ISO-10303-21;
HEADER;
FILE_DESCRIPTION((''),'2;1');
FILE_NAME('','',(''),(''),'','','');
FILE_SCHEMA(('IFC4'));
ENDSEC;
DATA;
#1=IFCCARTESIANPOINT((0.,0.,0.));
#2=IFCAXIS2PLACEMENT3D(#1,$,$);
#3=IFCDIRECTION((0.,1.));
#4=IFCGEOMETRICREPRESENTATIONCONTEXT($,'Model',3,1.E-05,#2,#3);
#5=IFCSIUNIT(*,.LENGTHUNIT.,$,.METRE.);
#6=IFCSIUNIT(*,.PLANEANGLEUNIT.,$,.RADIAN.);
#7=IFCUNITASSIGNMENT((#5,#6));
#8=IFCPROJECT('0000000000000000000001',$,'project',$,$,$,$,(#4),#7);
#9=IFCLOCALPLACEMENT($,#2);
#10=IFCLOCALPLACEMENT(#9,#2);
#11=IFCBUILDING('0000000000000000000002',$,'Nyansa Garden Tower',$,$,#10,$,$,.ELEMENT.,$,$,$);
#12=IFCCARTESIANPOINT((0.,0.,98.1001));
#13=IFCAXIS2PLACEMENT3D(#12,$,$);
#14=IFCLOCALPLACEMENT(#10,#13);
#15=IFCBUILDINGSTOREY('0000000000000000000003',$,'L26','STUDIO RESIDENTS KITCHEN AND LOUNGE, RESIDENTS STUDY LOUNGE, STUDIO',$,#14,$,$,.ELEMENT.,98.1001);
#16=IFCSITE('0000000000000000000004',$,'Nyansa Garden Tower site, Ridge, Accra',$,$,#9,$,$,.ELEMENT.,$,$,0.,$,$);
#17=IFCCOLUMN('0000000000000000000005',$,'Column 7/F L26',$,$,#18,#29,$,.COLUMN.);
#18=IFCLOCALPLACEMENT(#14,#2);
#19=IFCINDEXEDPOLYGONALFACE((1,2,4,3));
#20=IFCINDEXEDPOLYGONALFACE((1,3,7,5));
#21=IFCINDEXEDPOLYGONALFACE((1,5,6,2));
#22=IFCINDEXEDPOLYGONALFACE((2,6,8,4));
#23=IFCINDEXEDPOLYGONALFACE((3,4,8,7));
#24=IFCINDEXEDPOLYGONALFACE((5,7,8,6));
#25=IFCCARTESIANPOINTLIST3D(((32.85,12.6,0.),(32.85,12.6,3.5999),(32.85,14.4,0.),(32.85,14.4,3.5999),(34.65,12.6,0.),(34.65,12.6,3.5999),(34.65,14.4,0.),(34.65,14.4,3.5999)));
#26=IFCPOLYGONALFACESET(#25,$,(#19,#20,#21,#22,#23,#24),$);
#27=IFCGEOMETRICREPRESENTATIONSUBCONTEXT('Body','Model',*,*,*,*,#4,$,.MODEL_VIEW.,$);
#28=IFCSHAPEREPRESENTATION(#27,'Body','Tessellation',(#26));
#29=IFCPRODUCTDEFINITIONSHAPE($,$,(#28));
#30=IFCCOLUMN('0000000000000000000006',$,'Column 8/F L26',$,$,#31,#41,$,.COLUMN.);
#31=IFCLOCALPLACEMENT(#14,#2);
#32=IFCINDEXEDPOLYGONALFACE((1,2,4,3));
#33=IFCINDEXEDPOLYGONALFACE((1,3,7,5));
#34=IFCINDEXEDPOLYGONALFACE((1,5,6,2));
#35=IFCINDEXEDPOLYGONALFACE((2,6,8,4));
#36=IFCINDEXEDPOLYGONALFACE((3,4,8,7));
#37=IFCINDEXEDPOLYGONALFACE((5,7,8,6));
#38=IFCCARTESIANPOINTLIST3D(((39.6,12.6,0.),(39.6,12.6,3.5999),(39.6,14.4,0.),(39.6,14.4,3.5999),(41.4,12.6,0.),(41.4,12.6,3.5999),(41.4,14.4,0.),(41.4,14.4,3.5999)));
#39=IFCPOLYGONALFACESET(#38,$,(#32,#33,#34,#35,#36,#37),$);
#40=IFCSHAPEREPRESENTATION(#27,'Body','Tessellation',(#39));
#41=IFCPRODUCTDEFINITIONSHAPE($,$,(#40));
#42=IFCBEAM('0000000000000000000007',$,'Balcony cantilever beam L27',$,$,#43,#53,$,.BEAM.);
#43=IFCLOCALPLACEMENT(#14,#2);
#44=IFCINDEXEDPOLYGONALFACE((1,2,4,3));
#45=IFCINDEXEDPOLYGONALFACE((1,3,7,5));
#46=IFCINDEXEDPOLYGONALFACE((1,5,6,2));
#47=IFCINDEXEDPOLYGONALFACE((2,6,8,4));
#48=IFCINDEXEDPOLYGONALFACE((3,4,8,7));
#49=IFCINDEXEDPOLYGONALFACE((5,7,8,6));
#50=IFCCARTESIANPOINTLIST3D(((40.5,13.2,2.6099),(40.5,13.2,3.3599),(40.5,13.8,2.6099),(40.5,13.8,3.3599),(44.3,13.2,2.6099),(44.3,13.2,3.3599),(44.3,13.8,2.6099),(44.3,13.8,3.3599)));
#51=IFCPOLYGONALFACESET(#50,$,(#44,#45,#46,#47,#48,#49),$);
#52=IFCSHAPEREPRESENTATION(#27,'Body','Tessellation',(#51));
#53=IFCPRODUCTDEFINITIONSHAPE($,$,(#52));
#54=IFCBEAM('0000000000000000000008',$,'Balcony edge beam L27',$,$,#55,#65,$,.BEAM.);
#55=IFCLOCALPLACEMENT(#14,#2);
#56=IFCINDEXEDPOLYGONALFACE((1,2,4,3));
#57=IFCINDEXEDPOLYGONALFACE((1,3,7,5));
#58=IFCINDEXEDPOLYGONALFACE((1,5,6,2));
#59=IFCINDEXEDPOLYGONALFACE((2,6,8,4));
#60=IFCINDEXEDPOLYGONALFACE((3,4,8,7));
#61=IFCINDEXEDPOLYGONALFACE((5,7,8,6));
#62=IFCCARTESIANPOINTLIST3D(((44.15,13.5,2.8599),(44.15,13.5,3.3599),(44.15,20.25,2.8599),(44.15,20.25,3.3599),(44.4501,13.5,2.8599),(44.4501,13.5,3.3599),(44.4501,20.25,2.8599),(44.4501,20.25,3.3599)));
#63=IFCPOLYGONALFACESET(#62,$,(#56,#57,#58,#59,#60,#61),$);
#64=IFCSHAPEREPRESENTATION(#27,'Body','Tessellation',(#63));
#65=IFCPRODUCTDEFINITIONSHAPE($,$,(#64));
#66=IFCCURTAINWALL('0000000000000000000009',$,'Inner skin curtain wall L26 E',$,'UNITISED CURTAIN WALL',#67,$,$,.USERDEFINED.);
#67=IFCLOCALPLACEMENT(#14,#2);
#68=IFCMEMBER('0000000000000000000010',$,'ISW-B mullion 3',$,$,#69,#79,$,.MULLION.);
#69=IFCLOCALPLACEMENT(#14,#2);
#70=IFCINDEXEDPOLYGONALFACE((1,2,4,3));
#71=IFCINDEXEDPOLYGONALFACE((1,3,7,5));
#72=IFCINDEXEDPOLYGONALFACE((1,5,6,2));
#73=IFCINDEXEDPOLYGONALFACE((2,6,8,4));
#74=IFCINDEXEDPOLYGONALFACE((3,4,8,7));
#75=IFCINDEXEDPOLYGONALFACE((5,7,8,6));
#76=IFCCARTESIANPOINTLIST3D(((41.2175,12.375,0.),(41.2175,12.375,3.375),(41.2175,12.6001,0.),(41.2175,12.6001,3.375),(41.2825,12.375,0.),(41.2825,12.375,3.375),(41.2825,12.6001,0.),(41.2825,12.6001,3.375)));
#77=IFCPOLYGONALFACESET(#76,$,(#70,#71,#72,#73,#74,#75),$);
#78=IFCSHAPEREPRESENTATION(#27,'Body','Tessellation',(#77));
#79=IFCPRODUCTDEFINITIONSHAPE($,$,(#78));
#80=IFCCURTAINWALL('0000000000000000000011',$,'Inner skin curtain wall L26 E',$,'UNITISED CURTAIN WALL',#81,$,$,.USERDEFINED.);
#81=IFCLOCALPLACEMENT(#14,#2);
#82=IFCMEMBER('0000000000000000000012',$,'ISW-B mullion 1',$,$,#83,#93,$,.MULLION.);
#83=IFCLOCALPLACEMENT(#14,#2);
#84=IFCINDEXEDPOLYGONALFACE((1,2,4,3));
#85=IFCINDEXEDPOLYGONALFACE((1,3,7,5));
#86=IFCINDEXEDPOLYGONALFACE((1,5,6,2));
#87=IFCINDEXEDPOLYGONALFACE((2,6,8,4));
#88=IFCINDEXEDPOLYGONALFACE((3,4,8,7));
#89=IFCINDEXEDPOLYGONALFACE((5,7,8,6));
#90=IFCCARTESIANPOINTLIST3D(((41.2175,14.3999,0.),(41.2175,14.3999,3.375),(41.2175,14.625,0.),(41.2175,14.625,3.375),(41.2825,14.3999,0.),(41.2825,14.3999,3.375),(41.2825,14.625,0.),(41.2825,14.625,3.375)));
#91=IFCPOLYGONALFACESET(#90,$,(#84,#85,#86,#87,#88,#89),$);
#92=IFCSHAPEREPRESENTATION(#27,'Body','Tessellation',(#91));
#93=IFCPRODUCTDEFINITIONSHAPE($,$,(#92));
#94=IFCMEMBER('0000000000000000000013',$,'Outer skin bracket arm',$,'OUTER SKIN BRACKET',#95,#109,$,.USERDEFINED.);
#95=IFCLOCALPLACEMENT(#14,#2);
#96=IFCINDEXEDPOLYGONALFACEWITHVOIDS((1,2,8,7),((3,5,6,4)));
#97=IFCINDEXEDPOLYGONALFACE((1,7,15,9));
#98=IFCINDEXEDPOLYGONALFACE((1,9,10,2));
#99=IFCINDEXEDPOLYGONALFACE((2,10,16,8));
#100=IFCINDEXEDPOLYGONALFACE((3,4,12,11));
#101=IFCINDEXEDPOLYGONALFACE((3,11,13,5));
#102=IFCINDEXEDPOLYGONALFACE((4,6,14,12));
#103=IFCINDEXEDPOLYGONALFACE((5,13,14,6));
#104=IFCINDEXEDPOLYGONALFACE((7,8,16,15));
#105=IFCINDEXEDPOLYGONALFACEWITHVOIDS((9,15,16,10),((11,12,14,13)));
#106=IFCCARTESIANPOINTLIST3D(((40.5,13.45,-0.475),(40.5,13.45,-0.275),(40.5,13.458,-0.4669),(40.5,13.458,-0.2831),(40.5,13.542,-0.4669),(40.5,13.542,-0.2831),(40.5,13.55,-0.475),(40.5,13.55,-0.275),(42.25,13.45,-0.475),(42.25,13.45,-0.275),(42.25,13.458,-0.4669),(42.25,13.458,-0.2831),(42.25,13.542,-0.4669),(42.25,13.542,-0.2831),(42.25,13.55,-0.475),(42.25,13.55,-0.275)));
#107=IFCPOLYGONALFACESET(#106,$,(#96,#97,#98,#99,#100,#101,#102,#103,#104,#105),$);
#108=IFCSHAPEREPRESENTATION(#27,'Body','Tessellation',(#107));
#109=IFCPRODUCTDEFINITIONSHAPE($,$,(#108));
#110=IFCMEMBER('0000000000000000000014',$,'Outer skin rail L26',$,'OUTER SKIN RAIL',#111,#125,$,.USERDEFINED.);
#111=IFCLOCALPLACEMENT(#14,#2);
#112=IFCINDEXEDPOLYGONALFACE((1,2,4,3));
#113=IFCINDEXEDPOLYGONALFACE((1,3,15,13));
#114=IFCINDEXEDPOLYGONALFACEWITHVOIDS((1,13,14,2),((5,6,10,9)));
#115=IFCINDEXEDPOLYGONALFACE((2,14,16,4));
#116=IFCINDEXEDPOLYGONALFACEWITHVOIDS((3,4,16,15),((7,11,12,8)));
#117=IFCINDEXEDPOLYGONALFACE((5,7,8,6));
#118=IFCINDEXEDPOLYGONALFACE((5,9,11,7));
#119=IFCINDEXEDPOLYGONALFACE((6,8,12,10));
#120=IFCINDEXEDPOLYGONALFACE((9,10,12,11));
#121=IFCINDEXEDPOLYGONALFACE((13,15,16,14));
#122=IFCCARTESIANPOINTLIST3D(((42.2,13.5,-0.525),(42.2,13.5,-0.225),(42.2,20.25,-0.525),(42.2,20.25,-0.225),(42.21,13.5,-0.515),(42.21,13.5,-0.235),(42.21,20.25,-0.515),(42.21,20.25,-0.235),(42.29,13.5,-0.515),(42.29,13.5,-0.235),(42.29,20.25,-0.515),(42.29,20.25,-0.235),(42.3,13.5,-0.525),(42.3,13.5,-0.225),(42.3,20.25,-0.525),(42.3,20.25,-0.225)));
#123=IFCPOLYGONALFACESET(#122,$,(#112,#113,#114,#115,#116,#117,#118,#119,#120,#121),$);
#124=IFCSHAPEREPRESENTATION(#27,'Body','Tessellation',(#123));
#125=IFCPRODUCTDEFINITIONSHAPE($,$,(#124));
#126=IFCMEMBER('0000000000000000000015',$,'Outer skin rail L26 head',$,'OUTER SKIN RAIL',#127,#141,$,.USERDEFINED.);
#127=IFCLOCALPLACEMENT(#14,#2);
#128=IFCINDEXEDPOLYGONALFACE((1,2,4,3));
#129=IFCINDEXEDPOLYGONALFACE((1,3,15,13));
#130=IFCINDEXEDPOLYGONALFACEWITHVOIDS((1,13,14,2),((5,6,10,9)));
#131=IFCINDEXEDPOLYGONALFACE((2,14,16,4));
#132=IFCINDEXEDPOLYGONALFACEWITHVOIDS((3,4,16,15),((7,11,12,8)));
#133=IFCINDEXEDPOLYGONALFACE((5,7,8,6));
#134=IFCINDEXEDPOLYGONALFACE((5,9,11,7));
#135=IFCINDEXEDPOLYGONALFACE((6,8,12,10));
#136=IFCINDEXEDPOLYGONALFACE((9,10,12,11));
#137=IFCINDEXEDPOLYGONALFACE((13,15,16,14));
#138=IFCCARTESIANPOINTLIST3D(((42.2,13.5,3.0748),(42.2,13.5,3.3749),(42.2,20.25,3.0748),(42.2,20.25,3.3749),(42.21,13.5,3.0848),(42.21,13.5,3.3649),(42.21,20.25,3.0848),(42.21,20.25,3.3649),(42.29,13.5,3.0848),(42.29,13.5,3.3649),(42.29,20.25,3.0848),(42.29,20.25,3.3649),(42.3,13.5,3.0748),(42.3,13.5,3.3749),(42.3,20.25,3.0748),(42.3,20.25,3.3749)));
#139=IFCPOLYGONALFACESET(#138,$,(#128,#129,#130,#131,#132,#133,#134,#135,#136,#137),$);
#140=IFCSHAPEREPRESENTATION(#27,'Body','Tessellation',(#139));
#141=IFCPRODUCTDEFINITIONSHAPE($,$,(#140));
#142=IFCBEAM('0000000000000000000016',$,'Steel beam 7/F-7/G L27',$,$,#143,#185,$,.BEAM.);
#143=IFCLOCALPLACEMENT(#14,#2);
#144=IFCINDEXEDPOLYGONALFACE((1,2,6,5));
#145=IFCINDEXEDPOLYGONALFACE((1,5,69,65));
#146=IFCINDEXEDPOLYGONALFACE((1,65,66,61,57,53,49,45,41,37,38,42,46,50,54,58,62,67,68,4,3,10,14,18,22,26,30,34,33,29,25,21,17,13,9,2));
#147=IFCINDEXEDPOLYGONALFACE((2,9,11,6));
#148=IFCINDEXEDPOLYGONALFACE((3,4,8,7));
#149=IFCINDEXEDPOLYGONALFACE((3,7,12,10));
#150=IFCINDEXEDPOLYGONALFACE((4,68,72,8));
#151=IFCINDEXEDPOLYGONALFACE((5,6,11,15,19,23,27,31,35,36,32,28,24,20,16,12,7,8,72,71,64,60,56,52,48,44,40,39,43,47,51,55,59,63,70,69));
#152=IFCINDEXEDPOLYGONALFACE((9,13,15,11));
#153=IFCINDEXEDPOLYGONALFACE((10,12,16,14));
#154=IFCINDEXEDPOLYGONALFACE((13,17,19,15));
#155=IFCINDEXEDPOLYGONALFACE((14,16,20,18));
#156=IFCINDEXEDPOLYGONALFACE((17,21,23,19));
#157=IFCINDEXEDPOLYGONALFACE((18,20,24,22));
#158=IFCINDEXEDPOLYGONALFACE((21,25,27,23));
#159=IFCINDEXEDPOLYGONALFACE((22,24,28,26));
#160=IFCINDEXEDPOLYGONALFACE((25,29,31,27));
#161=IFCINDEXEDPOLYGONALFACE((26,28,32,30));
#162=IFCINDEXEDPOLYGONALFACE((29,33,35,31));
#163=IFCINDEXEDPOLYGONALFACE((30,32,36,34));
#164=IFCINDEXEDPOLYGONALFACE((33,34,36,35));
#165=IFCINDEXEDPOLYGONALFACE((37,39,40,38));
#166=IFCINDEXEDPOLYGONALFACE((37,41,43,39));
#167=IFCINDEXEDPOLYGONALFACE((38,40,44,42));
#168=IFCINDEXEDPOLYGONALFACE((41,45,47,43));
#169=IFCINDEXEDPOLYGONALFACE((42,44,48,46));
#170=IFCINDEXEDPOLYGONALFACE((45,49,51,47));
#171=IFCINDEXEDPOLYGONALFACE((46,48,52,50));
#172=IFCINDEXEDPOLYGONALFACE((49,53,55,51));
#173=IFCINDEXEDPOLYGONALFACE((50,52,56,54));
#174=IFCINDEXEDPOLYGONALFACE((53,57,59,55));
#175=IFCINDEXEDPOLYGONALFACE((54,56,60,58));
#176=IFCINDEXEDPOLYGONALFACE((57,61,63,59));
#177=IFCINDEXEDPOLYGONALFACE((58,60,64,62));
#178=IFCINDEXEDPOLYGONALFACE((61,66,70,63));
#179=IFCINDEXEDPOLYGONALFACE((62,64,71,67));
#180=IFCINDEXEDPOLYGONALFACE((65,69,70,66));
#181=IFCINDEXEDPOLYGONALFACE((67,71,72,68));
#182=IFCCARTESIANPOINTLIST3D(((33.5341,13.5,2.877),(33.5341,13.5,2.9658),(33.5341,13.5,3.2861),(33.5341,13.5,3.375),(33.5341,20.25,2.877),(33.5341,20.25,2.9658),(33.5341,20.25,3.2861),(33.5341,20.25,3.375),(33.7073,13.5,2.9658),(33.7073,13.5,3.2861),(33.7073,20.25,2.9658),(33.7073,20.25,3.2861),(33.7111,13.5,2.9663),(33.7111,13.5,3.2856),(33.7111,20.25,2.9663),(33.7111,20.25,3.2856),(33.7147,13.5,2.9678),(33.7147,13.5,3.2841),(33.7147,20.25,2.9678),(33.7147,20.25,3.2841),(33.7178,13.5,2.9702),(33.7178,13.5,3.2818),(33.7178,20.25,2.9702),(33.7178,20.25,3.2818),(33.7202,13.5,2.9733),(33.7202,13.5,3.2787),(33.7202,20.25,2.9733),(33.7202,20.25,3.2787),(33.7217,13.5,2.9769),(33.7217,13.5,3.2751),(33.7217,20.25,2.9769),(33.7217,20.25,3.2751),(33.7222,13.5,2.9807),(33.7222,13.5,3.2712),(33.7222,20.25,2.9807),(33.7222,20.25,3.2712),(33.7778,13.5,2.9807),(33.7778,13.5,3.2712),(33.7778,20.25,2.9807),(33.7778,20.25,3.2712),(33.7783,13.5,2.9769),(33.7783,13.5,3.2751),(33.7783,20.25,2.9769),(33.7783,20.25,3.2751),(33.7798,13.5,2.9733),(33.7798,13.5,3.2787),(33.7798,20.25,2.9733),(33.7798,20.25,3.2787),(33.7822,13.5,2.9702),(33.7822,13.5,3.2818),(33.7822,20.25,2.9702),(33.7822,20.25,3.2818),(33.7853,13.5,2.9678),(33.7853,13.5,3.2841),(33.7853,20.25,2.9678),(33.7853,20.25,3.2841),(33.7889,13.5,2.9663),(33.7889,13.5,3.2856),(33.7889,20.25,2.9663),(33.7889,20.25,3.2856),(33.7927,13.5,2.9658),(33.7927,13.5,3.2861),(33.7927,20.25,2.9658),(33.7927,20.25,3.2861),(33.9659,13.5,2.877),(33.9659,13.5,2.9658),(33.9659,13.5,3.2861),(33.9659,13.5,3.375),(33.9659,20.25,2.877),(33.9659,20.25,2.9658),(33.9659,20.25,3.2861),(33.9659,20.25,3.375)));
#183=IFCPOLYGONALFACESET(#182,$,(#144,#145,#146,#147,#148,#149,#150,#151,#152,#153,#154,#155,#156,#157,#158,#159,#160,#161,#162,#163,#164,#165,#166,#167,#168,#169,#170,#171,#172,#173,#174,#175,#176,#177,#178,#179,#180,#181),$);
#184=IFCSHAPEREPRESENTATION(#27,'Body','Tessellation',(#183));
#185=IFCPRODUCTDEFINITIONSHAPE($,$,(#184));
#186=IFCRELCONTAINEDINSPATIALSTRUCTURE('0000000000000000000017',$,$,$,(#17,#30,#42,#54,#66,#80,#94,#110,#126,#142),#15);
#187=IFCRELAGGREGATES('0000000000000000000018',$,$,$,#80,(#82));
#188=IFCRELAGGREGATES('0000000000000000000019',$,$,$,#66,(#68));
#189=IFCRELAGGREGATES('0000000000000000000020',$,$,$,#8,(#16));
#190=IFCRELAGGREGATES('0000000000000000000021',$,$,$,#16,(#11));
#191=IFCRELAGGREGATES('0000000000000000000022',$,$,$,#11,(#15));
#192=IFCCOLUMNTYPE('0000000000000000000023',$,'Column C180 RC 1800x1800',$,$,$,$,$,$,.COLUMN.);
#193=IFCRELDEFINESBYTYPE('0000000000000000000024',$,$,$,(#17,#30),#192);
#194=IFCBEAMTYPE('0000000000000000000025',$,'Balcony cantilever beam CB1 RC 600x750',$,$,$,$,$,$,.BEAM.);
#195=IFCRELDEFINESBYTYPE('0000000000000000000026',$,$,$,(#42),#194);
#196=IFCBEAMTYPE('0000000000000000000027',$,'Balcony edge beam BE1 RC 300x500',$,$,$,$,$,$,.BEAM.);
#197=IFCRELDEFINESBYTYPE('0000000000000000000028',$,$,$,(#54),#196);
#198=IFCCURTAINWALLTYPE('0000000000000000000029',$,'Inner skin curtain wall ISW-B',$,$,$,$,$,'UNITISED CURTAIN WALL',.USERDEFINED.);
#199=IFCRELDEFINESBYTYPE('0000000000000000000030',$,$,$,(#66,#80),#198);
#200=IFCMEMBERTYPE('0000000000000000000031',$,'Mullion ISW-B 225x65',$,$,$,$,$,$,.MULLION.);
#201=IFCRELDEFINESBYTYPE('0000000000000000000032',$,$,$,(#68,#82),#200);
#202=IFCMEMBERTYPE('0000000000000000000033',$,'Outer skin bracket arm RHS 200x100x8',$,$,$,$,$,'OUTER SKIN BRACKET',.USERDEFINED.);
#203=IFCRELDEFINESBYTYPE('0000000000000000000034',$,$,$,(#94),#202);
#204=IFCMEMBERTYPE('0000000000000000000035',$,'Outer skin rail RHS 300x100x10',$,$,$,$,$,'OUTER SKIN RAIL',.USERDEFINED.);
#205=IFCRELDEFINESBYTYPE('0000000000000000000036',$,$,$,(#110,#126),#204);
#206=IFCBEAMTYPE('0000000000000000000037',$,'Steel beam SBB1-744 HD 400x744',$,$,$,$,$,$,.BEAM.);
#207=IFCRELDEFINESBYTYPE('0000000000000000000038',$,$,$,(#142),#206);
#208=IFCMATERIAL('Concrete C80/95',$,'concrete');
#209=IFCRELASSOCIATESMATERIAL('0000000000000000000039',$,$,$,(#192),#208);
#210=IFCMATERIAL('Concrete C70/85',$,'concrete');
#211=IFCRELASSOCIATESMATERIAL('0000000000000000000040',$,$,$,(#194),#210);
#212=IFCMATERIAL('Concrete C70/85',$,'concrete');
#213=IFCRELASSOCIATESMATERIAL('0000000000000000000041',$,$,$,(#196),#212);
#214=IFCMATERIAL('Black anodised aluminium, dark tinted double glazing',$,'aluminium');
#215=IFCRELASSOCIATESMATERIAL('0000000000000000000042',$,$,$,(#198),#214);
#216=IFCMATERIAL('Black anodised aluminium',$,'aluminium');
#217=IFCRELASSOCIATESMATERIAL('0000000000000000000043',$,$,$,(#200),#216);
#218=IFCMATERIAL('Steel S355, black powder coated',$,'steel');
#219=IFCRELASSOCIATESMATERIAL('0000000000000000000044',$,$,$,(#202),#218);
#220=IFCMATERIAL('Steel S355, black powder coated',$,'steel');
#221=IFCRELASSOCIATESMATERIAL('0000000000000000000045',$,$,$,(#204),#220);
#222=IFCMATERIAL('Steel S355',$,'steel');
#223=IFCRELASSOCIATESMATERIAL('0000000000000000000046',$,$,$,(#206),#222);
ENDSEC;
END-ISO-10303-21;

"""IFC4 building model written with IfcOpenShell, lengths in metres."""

from ifc_helpers import new_model, si_unit, direction, frame, origin, origin_2d, place, context, subcontext, project, spatial, rectangle, hollow_rectangle, i_section, extrude, material, material_profile, profile_set, type_object, element, aggregate, save


model = new_model("IFC4")

# Units and contexts
model_context = context("Model", 3, precision=1e-05, world=origin(), true_north=direction((0.0, 1.0)))
body_context = subcontext(model_context, "Body", "Model", "MODEL_VIEW")
ifc_project = project(units=[si_unit("LENGTHUNIT", "METRE"), si_unit("PLANEANGLEUNIT", "RADIAN")], contexts=[model_context])

# Site, building, storey
site_placement = place(None, origin())
site = spatial("IfcSite", under=ifc_project, at=site_placement, Name="Nyansa Garden Tower site, Ridge, Accra", CompositionType="ELEMENT", RefElevation=0.0)
building_placement = place(site_placement, origin())
building = spatial("IfcBuilding", under=site, at=building_placement, Name="Nyansa Garden Tower", CompositionType="ELEMENT")
storey_placement = place(building_placement, frame((0.0, 0.0, 98.1001)))
storey = spatial("IfcBuildingStorey", under=building, at=storey_placement, Name="L26", Description="STUDIO RESIDENTS KITCHEN AND LOUNGE, RESIDENTS STUDY LOUNGE, STUDIO", CompositionType="ELEMENT", Elevation=98.1001)

# Columns
ifc_material_1 = material(Name="Concrete C80/95", Category="concrete")
ifc_material_profile_1 = material_profile(ifc_material_1, rectangle(XDim=1.8, YDim=1.8, at=origin_2d()), Name="RC 1800x1800")
ifc_profile_set_1 = profile_set([ifc_material_profile_1], Name="Concrete C80/95")
column_type = type_object("IfcColumnType", Name="Column C180 RC 1800x1800", PredefinedType="COLUMN", material=ifc_profile_set_1)
for number, where, z_axis, x_axis, name in (
    (1, (33.75, 13.5, 0.0), (0.0, 0.0, 1.0), (1.0, 0.0, 0.0), "Column 7/F L26"),
    (2, (40.5, 13.5, 0.0), (0.0, 0.0, 1.0), (1.0, 0.0, 0.0), "Column 8/F L26"),
):
    element("IfcColumn", number, at=place(storey_placement, frame(where, z_axis=z_axis, x_axis=x_axis)), inside=storey, type_object=column_type, Name=name, PredefinedType="COLUMN", context=body_context, shape_type="SweptSolid", body=[
        extrude(rectangle(XDim=1.8, YDim=1.8, at=origin_2d()), origin(), (0.0, 0.0, 1.0), 3.5999),
    ])

# Beams
ifc_material_2 = material(Name="Concrete C70/85", Category="concrete")
ifc_material_profile_2 = material_profile(ifc_material_2, rectangle(XDim=0.6001, YDim=0.75, at=origin_2d()), Name="RC 600x750")
ifc_profile_set_2 = profile_set([ifc_material_profile_2], Name="Concrete C70/85")
beam_type_1 = type_object("IfcBeamType", Name="Balcony cantilever beam CB1 RC 600x750", PredefinedType="BEAM", material=ifc_profile_set_2)
beam_1_placement = place(storey_placement, frame((40.5, 13.5, 2.9849), z_axis=(1.0, 0.0, 0.0), x_axis=(0.0, 1.0, 0.0)))
element("IfcBeam", 3, at=beam_1_placement, inside=storey, type_object=beam_type_1, Name="Balcony cantilever beam L27", PredefinedType="BEAM", context=body_context, shape_type="SweptSolid", body=[
    extrude(rectangle(XDim=0.6001, YDim=0.75, at=origin_2d()), origin(), (0.0, 0.0, 1.0), 3.8),
])
ifc_material_3 = material(Name="Concrete C70/85", Category="concrete")
ifc_material_profile_3 = material_profile(ifc_material_3, rectangle(XDim=0.3, YDim=0.5, at=origin_2d()), Name="RC 300x500")
ifc_profile_set_3 = profile_set([ifc_material_profile_3], Name="Concrete C70/85")
beam_type_2 = type_object("IfcBeamType", Name="Balcony edge beam BE1 RC 300x500", PredefinedType="BEAM", material=ifc_profile_set_3)
beam_2_placement = place(storey_placement, frame((44.3, 13.5, 3.1099), z_axis=(0.0, 1.0, 0.0), x_axis=(-1.0, 0.0, 0.0)))
element("IfcBeam", 4, at=beam_2_placement, inside=storey, type_object=beam_type_2, Name="Balcony edge beam L27", PredefinedType="BEAM", context=body_context, shape_type="SweptSolid", body=[
    extrude(rectangle(XDim=0.3, YDim=0.5, at=origin_2d()), origin(), (0.0, 0.0, 1.0), 6.75),
])

# Curtain walls, members
ifc_material_4 = material(Name="Black anodised aluminium, dark tinted double glazing", Category="aluminium")
curtain_wall_type = type_object("IfcCurtainWallType", Name="Inner skin curtain wall ISW-B", ElementType="UNITISED CURTAIN WALL", PredefinedType="USERDEFINED", material=ifc_material_4)
curtain_wall_1_placement = place(storey_placement, origin())
curtain_wall_1 = element("IfcCurtainWall", 5, at=curtain_wall_1_placement, inside=storey, type_object=curtain_wall_type, Name="Inner skin curtain wall L26 E", ObjectType="UNITISED CURTAIN WALL", PredefinedType="USERDEFINED")
ifc_material_5 = material(Name="Black anodised aluminium", Category="aluminium")
ifc_material_profile_4 = material_profile(ifc_material_5, rectangle(XDim=0.0649, YDim=0.2251, at=origin_2d()), Name="Mullion 225x65")
ifc_profile_set_4 = profile_set([ifc_material_profile_4], Name="Black anodised aluminium")
member_type_1 = type_object("IfcMemberType", Name="Mullion ISW-B 225x65", PredefinedType="MULLION", material=ifc_profile_set_4)
member_1_placement = place(storey_placement, frame((41.25, 12.4875, 0.0), z_axis=(0.0, 0.0, 1.0), x_axis=(-1.0, 0.0, 0.0)))
member_1 = element("IfcMember", 6, at=member_1_placement, type_object=member_type_1, Name="ISW-B mullion 3", PredefinedType="MULLION", context=body_context, shape_type="SweptSolid", body=[
    extrude(rectangle(XDim=0.0649, YDim=0.2251, at=origin_2d()), origin(), (0.0, 0.0, 1.0), 3.375),
])
curtain_wall_2_placement = place(storey_placement, origin())
curtain_wall_2 = element("IfcCurtainWall", 7, at=curtain_wall_2_placement, inside=storey, type_object=curtain_wall_type, Name="Inner skin curtain wall L26 E", ObjectType="UNITISED CURTAIN WALL", PredefinedType="USERDEFINED")
member_2_placement = place(storey_placement, frame((41.25, 14.5125, 0.0), z_axis=(0.0, 0.0, 1.0), x_axis=(-1.0, 0.0, 0.0)))
member_2 = element("IfcMember", 8, at=member_2_placement, type_object=member_type_1, Name="ISW-B mullion 1", PredefinedType="MULLION", context=body_context, shape_type="SweptSolid", body=[
    extrude(rectangle(XDim=0.0649, YDim=0.2251, at=origin_2d()), origin(), (0.0, 0.0, 1.0), 3.375),
])

# Members
ifc_material_6 = material(Name="Steel S355, black powder coated", Category="steel")
ifc_material_profile_5 = material_profile(ifc_material_6, hollow_rectangle(XDim=0.1001, YDim=0.2, WallThickness=0.0081, at=origin_2d()), Name="RHS 200x100x8")
ifc_profile_set_5 = profile_set([ifc_material_profile_5], Name="Steel S355, black powder coated")
member_type_2 = type_object("IfcMemberType", Name="Outer skin bracket arm RHS 200x100x8", ElementType="OUTER SKIN BRACKET", PredefinedType="USERDEFINED", material=ifc_profile_set_5)
member_3_placement = place(storey_placement, frame((40.5, 13.5, -0.375), z_axis=(1.0, 0.0, 0.0), x_axis=(0.0, 1.0, 0.0)))
element("IfcMember", 9, at=member_3_placement, inside=storey, type_object=member_type_2, Name="Outer skin bracket arm", ObjectType="OUTER SKIN BRACKET", PredefinedType="USERDEFINED", context=body_context, shape_type="SweptSolid", body=[
    extrude(hollow_rectangle(XDim=0.1001, YDim=0.2, WallThickness=0.0081, at=origin_2d()), origin(), (0.0, 0.0, 1.0), 1.75),
])
ifc_material_7 = material(Name="Steel S355, black powder coated", Category="steel")
ifc_material_profile_6 = material_profile(ifc_material_7, hollow_rectangle(XDim=0.1001, YDim=0.3, WallThickness=0.01, at=origin_2d()), Name="RHS 300x100x10")
ifc_profile_set_6 = profile_set([ifc_material_profile_6], Name="Steel S355, black powder coated")
member_type_3 = type_object("IfcMemberType", Name="Outer skin rail RHS 300x100x10", ElementType="OUTER SKIN RAIL", PredefinedType="USERDEFINED", material=ifc_profile_set_6)
for number, where, z_axis, x_axis, name in (
    (10, (42.25, 13.5, -0.375), (0.0, 1.0, 0.0), (-1.0, 0.0, 0.0), "Outer skin rail L26"),
    (11, (42.25, 13.5, 3.2249), (0.0, 1.0, 0.0), (-1.0, 0.0, 0.0), "Outer skin rail L26 head"),
):
    element("IfcMember", number, at=place(storey_placement, frame(where, z_axis=z_axis, x_axis=x_axis)), inside=storey, type_object=member_type_3, Name=name, ObjectType="OUTER SKIN RAIL", PredefinedType="USERDEFINED", context=body_context, shape_type="SweptSolid", body=[
        extrude(hollow_rectangle(XDim=0.1001, YDim=0.3, WallThickness=0.01, at=origin_2d()), origin(), (0.0, 0.0, 1.0), 6.75),
    ])

# Beam
ifc_material_8 = material(Name="Steel S355", Category="steel")
ifc_material_profile_7 = material_profile(ifc_material_8, i_section(OverallWidth=0.4319, OverallDepth=0.498, WebThickness=0.0557, FlangeThickness=0.0889, FilletRadius=0.0149, at=origin_2d()), Name="HD 400x744")
ifc_profile_set_7 = profile_set([ifc_material_profile_7], Name="Steel S355")
beam_type_3 = type_object("IfcBeamType", Name="Steel beam SBB1-744 HD 400x744", PredefinedType="BEAM", material=ifc_profile_set_7)
for number, where, z_axis, x_axis, name in (
    (12, (33.75, 13.5, 3.126), (0.0, 1.0, 0.0), (-1.0, 0.0, 0.0), "Steel beam 7/F-7/G L27"),
):
    element("IfcBeam", number, at=place(storey_placement, frame(where, z_axis=z_axis, x_axis=x_axis)), inside=storey, type_object=beam_type_3, Name=name, PredefinedType="BEAM", context=body_context, shape_type="SweptSolid", body=[
        extrude(i_section(OverallWidth=0.4319, OverallDepth=0.498, WebThickness=0.0557, FlangeThickness=0.0889, FilletRadius=0.0149, at=origin_2d()), origin(), (0.0, 0.0, 1.0), 6.75),
    ])

aggregate(curtain_wall_2, [member_2])

aggregate(curtain_wall_1, [member_1])

save(model, "model.ifc")
